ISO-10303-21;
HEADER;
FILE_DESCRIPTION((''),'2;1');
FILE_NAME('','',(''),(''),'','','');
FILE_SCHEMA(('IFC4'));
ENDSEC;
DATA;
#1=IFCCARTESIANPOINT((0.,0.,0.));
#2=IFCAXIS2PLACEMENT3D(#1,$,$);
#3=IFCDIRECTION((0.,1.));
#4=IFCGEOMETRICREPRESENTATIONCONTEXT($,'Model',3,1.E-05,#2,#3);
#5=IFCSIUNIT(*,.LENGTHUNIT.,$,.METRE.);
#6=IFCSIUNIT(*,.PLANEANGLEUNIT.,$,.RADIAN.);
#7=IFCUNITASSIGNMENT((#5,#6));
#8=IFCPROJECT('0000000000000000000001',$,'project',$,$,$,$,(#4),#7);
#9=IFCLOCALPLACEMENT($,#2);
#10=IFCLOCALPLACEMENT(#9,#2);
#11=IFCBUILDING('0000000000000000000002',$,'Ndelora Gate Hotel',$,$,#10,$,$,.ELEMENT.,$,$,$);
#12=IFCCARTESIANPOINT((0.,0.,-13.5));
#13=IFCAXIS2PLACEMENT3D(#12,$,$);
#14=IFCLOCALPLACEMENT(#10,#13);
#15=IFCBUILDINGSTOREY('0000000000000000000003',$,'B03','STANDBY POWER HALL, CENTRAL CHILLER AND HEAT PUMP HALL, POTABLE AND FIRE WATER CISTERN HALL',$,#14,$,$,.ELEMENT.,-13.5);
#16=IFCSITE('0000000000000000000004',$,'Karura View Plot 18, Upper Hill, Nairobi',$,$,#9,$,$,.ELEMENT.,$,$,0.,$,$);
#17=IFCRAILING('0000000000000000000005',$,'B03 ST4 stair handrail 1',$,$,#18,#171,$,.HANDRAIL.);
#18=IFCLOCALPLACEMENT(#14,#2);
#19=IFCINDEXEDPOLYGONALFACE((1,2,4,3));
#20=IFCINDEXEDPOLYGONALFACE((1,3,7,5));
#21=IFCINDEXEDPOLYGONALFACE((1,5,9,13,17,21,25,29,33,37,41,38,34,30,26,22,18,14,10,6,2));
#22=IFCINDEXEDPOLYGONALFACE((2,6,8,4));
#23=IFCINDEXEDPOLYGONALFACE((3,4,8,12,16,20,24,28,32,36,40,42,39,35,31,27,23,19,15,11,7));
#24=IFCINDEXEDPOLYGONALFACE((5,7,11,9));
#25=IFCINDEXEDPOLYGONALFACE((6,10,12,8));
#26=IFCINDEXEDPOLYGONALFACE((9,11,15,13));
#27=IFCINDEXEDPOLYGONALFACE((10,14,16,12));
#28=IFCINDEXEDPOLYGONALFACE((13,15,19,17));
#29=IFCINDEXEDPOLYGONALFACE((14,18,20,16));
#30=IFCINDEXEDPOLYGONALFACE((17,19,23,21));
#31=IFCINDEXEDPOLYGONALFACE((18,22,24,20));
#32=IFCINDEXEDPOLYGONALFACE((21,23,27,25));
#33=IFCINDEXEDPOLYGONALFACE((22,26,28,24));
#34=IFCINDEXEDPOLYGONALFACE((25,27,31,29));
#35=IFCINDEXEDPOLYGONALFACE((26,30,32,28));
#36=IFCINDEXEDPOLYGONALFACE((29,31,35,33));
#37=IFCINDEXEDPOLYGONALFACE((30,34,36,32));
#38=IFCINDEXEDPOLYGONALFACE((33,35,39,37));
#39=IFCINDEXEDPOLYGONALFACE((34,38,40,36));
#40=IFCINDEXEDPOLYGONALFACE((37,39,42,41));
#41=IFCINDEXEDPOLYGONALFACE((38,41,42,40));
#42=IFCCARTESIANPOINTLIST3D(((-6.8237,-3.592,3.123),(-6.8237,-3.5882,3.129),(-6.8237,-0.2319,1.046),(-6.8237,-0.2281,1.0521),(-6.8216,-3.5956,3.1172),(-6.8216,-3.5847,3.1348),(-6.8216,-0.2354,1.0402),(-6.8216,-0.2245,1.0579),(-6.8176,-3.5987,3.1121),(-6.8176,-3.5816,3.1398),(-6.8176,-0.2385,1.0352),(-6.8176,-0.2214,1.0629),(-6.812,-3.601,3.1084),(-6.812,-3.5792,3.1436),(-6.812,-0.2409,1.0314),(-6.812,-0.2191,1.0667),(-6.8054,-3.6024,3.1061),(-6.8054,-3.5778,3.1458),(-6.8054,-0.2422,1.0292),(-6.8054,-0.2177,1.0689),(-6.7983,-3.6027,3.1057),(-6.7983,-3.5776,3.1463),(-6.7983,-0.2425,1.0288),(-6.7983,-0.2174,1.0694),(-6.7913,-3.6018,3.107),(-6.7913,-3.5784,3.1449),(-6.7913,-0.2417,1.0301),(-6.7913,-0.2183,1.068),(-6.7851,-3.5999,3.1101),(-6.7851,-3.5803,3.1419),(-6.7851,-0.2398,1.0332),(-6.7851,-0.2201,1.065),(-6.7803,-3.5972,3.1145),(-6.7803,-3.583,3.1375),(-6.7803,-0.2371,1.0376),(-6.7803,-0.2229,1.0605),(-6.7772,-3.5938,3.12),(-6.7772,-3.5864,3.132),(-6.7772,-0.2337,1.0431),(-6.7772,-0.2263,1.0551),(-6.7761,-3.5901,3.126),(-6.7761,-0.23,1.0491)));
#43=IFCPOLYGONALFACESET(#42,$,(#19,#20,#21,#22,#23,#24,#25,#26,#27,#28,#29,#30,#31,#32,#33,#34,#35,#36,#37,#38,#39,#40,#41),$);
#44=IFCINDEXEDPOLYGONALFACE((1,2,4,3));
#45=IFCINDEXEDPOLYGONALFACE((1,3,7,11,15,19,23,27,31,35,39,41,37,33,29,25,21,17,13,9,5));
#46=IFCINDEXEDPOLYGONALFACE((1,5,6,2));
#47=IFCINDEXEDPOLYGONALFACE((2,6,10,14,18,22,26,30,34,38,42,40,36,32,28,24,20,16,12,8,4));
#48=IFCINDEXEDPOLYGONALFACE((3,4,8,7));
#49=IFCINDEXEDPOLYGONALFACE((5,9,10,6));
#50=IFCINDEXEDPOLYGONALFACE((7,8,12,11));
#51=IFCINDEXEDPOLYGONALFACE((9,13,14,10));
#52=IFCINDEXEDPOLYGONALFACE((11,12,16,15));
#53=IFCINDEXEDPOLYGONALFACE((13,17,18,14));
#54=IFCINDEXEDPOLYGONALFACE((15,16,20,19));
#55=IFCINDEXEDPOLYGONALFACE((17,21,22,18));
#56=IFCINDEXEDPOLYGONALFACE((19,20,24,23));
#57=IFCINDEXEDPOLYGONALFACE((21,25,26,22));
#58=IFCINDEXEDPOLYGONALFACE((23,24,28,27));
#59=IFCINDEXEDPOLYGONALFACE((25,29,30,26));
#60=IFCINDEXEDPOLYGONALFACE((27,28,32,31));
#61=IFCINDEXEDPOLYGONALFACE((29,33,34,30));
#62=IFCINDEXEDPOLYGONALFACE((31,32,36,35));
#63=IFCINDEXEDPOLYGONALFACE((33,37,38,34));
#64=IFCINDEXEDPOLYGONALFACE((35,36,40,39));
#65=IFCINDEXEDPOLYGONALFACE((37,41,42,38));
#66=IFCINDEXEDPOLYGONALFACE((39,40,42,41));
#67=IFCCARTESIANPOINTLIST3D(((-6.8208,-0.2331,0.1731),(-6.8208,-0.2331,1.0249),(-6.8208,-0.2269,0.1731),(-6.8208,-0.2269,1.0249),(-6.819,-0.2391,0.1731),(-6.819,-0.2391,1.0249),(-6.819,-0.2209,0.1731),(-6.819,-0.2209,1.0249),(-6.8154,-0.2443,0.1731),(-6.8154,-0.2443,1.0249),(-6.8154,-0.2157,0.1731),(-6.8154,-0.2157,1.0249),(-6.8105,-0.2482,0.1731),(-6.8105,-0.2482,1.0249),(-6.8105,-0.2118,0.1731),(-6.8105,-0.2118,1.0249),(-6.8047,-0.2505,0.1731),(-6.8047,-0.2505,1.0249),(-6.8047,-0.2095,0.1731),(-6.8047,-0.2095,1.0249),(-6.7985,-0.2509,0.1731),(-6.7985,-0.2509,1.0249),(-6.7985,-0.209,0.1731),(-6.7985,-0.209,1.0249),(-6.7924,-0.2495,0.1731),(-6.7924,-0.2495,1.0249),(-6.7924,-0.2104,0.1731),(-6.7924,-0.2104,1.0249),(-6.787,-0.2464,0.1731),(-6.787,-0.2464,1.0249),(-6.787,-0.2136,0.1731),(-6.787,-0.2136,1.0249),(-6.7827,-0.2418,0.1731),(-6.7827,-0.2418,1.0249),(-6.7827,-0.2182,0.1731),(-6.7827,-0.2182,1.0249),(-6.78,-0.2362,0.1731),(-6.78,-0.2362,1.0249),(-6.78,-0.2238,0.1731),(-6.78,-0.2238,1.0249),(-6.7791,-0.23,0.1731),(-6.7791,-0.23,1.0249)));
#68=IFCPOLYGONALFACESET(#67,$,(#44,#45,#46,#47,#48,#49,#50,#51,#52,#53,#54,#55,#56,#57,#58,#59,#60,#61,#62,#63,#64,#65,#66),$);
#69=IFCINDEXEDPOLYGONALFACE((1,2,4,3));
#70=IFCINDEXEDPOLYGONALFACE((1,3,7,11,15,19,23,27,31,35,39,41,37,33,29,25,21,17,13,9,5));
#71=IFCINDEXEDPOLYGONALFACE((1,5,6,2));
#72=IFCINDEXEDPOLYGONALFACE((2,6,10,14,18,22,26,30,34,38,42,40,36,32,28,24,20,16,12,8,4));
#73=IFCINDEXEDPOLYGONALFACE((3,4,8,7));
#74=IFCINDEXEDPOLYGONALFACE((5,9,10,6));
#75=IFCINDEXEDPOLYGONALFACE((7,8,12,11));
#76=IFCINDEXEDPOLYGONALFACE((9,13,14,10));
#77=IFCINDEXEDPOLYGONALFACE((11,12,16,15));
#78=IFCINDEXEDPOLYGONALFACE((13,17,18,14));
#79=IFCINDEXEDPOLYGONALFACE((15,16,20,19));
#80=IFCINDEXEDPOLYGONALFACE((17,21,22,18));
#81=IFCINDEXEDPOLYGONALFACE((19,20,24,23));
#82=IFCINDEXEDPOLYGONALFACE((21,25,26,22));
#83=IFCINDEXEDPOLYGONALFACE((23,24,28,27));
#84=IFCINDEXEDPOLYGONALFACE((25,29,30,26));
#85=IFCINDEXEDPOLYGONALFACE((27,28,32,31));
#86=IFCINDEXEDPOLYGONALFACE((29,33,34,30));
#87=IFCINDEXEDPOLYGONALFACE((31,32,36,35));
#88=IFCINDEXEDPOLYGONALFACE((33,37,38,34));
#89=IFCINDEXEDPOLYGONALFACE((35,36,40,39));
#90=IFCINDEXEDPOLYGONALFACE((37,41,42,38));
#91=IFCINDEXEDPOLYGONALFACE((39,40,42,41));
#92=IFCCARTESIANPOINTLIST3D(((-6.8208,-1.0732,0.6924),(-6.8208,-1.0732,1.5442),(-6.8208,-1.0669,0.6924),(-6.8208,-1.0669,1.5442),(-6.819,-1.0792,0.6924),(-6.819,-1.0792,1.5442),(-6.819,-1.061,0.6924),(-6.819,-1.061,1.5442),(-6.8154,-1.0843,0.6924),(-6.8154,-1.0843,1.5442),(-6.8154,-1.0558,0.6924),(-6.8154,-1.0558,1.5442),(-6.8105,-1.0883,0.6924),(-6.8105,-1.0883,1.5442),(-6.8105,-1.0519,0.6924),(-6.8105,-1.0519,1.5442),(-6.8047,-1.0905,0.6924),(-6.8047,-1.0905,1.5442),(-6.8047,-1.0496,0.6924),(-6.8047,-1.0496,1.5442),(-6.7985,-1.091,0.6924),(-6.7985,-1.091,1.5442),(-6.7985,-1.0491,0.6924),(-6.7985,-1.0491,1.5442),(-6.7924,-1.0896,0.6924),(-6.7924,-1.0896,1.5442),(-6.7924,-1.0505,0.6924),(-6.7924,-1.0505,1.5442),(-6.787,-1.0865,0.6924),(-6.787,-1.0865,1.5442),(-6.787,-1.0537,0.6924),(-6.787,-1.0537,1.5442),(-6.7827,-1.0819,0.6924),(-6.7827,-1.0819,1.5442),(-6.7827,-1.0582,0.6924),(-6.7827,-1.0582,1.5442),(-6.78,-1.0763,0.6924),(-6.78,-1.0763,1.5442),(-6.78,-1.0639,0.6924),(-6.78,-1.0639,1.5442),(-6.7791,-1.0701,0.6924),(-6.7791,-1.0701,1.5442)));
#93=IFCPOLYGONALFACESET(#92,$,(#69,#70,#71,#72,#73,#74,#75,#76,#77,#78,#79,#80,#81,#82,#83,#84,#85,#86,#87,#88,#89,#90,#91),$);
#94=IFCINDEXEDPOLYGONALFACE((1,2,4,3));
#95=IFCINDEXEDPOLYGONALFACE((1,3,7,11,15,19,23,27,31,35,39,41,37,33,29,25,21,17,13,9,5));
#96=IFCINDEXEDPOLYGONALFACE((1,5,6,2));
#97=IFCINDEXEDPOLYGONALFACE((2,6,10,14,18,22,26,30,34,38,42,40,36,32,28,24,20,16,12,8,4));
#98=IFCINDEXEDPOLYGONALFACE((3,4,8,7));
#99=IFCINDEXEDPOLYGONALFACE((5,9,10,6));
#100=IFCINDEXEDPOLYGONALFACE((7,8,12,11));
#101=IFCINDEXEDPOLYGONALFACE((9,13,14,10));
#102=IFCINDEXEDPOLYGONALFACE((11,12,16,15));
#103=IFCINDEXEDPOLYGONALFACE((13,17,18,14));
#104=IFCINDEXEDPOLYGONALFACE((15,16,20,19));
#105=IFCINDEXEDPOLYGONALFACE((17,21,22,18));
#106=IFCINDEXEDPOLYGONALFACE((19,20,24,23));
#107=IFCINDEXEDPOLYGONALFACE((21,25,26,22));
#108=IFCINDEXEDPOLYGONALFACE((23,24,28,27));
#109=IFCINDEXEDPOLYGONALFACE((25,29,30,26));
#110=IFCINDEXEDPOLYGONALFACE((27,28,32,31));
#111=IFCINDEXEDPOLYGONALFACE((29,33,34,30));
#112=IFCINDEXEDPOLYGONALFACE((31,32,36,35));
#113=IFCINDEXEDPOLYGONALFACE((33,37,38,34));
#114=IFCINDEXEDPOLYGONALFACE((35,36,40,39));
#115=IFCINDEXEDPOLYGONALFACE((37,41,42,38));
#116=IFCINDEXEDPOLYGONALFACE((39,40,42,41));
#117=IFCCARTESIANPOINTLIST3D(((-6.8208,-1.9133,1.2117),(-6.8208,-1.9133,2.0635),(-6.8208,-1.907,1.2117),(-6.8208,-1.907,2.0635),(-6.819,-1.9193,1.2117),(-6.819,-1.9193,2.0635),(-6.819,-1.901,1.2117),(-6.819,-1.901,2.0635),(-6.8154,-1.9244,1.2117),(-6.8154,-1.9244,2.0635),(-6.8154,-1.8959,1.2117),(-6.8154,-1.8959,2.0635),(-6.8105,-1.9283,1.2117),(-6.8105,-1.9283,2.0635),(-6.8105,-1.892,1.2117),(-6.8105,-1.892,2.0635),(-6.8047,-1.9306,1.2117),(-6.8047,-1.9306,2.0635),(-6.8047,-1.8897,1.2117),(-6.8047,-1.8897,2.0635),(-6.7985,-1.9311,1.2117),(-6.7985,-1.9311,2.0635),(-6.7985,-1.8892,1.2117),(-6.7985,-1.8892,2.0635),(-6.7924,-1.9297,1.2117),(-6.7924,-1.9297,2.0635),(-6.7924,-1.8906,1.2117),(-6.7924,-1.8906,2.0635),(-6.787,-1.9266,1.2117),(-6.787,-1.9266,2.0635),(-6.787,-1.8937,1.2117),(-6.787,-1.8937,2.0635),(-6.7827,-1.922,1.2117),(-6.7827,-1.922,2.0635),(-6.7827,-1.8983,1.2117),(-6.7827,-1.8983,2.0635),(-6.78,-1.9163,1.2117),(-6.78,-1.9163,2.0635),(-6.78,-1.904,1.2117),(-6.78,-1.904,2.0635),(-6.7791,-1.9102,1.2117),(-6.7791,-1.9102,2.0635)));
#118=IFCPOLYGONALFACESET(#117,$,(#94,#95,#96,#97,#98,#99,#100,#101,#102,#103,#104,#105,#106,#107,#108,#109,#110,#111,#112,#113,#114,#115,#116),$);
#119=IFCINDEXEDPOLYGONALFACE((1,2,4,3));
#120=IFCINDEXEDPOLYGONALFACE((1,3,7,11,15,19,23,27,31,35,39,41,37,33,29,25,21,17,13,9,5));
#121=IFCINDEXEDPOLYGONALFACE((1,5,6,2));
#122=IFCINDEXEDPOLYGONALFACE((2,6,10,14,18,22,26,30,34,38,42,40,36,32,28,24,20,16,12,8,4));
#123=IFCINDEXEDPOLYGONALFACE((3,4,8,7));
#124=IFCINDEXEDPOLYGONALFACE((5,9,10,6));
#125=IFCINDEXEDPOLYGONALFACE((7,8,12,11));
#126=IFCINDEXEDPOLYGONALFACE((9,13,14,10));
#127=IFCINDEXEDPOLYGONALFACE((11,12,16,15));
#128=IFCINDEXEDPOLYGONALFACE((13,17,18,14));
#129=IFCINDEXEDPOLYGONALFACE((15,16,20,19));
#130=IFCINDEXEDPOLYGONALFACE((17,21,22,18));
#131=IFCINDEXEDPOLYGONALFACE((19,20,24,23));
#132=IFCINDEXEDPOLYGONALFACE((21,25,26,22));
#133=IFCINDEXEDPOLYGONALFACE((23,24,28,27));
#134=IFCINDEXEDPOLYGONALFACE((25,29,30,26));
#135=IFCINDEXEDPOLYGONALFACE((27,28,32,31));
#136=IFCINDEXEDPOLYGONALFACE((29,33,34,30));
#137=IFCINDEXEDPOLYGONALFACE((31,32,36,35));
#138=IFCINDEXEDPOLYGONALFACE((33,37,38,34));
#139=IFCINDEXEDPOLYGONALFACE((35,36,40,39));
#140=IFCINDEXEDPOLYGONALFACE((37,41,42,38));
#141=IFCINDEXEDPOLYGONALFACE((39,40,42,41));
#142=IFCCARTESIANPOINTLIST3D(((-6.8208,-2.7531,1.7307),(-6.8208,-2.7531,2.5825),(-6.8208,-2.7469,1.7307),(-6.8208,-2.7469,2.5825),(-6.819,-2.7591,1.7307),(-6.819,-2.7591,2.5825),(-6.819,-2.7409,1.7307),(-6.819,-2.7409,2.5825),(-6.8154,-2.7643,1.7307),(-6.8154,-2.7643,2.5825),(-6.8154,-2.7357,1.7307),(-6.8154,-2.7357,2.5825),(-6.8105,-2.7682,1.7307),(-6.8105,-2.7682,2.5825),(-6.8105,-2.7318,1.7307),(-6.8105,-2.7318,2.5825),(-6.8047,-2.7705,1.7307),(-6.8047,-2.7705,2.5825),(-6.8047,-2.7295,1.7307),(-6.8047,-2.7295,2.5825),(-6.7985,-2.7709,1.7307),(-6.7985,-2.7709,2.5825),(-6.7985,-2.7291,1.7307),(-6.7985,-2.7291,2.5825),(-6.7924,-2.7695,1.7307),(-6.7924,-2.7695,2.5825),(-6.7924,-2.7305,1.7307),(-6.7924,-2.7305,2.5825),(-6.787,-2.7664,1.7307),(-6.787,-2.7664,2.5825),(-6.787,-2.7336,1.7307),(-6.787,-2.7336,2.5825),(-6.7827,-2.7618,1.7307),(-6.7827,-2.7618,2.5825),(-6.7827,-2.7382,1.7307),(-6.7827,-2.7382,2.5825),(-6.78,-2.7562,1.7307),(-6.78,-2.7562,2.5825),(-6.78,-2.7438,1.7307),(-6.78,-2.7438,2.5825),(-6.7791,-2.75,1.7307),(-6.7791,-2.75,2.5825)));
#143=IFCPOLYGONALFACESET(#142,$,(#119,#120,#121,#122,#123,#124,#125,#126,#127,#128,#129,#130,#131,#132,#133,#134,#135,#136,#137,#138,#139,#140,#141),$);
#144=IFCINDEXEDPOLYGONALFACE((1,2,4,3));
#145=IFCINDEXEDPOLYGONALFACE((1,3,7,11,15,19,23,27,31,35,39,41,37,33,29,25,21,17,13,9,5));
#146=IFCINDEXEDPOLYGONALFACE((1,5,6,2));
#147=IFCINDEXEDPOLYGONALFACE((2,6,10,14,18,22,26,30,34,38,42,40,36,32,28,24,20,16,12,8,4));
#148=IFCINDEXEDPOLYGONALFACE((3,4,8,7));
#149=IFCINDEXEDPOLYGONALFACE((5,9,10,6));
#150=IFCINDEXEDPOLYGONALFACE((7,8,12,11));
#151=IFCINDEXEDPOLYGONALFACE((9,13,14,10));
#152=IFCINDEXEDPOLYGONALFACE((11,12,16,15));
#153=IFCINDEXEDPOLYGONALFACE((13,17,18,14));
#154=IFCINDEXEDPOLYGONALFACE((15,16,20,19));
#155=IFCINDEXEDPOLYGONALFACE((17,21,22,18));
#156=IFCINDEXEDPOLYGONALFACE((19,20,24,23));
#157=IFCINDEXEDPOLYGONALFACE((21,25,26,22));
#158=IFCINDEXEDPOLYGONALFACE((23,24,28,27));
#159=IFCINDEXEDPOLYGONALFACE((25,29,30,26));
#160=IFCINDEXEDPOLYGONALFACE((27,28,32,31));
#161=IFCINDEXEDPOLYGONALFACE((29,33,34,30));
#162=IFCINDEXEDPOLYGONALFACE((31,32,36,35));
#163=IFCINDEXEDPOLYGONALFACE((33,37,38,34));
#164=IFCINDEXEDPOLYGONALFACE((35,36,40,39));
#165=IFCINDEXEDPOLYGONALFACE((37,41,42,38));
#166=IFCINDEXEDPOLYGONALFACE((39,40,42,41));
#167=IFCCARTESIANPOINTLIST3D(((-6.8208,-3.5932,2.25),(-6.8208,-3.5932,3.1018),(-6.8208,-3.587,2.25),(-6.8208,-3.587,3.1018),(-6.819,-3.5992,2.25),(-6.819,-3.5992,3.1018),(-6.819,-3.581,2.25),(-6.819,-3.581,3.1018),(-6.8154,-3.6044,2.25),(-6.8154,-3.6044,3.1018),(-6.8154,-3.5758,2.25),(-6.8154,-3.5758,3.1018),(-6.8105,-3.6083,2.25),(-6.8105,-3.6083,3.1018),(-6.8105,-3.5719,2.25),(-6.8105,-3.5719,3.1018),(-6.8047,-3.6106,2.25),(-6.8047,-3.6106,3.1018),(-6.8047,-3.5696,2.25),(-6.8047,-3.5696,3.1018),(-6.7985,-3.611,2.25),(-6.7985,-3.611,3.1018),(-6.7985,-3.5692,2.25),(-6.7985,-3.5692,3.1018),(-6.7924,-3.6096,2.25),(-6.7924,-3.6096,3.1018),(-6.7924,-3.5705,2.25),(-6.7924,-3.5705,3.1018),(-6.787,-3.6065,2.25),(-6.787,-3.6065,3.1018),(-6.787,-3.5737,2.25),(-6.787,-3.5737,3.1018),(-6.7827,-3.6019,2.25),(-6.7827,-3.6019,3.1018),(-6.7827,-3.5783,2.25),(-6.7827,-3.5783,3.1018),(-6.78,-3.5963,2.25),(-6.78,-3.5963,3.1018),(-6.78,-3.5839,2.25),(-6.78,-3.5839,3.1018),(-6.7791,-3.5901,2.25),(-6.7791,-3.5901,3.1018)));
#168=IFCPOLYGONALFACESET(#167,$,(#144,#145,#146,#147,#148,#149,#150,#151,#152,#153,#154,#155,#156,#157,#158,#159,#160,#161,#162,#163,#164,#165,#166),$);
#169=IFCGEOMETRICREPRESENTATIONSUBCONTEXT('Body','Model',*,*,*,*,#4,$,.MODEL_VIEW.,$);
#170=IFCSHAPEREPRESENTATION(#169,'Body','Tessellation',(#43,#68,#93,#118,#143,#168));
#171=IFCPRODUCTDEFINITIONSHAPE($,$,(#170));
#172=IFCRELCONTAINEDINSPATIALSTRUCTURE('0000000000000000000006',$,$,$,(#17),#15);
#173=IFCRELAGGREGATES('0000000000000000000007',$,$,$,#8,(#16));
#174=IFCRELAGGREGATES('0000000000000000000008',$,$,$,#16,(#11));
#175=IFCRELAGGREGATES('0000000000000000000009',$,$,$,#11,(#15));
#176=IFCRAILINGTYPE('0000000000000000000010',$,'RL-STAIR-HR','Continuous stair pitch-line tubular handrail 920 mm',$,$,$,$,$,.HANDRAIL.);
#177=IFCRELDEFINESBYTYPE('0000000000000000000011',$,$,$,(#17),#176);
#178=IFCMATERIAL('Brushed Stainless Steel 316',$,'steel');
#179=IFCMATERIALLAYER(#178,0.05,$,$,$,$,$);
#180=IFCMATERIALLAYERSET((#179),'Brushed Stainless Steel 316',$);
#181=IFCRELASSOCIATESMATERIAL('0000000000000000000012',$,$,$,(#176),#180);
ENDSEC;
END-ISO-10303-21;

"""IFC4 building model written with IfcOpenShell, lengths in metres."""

from ifc_helpers import new_model, si_unit, direction, frame, origin, origin_2d, place, context, subcontext, project, spatial, circle, extrude, material, layer, layer_set, type_object, element, save


model = new_model("IFC4")

# Units and contexts
model_context = context("Model", 3, precision=1e-05, world=origin(), true_north=direction((0.0, 1.0)))
body_context = subcontext(model_context, "Body", "Model", "MODEL_VIEW")
ifc_project = project(units=[si_unit("LENGTHUNIT", "METRE"), si_unit("PLANEANGLEUNIT", "RADIAN")], contexts=[model_context])

# Site, building, storey
site_placement = place(None, origin())
site = spatial("IfcSite", under=ifc_project, at=site_placement, Name="Karura View Plot 18, Upper Hill, Nairobi", CompositionType="ELEMENT", RefElevation=0.0)
building_placement = place(site_placement, origin())
building = spatial("IfcBuilding", under=site, at=building_placement, Name="Ndelora Gate Hotel", CompositionType="ELEMENT")
storey_placement = place(building_placement, frame((0.0, 0.0, -13.5)))
storey = spatial("IfcBuildingStorey", under=building, at=storey_placement, Name="B03", Description="STANDBY POWER HALL, CENTRAL CHILLER AND HEAT PUMP HALL, POTABLE AND FIRE WATER CISTERN HALL", CompositionType="ELEMENT", Elevation=-13.5)

# Railing
ifc_material_1 = material(Name="Brushed Stainless Steel 316", Category="steel")
ifc_layer_1 = layer(ifc_material_1, 0.05)
ifc_layer_set_1 = layer_set([ifc_layer_1], Name="Brushed Stainless Steel 316")
railing_type_1 = type_object("IfcRailingType", Name="RL-STAIR-HR", Description="Continuous stair pitch-line tubular handrail 920 mm", PredefinedType="HANDRAIL", material=ifc_layer_set_1)
railing_1_placement = place(storey_placement, frame((-6.8, -0.23, 0.1731)))
element("IfcRailing", 1, at=railing_1_placement, inside=storey, type_object=railing_type_1, Name="B03 ST4 stair handrail 1", PredefinedType="HANDRAIL", context=body_context, shape_type="SweptSolid", body=[
    extrude(circle(Radius=0.0239, at=origin_2d()), frame((0.0, 0.0, 0.876), z_axis=(0.0, -0.850623, 0.525776), x_axis=(1.0, 0.0, 0.0)), (0.0, 0.0, 1.0), 3.9502),
    extrude(circle(Radius=0.021, at=origin_2d()), origin(), (0.0, 0.0, 1.0), 0.8518),
    extrude(circle(Radius=0.021, at=origin_2d()), frame((0.0, -0.8401, 0.5193)), (0.0, 0.0, 1.0), 0.8518),
    extrude(circle(Radius=0.021, at=origin_2d()), frame((0.0, -1.6802, 1.0386)), (0.0, 0.0, 1.0), 0.8518),
    extrude(circle(Radius=0.021, at=origin_2d()), frame((0.0, -2.52, 1.5576)), (0.0, 0.0, 1.0), 0.8518),
    extrude(circle(Radius=0.021, at=origin_2d()), frame((0.0, -3.3601, 2.0769)), (0.0, 0.0, 1.0), 0.8518),
])

save(model, "model.ifc")
